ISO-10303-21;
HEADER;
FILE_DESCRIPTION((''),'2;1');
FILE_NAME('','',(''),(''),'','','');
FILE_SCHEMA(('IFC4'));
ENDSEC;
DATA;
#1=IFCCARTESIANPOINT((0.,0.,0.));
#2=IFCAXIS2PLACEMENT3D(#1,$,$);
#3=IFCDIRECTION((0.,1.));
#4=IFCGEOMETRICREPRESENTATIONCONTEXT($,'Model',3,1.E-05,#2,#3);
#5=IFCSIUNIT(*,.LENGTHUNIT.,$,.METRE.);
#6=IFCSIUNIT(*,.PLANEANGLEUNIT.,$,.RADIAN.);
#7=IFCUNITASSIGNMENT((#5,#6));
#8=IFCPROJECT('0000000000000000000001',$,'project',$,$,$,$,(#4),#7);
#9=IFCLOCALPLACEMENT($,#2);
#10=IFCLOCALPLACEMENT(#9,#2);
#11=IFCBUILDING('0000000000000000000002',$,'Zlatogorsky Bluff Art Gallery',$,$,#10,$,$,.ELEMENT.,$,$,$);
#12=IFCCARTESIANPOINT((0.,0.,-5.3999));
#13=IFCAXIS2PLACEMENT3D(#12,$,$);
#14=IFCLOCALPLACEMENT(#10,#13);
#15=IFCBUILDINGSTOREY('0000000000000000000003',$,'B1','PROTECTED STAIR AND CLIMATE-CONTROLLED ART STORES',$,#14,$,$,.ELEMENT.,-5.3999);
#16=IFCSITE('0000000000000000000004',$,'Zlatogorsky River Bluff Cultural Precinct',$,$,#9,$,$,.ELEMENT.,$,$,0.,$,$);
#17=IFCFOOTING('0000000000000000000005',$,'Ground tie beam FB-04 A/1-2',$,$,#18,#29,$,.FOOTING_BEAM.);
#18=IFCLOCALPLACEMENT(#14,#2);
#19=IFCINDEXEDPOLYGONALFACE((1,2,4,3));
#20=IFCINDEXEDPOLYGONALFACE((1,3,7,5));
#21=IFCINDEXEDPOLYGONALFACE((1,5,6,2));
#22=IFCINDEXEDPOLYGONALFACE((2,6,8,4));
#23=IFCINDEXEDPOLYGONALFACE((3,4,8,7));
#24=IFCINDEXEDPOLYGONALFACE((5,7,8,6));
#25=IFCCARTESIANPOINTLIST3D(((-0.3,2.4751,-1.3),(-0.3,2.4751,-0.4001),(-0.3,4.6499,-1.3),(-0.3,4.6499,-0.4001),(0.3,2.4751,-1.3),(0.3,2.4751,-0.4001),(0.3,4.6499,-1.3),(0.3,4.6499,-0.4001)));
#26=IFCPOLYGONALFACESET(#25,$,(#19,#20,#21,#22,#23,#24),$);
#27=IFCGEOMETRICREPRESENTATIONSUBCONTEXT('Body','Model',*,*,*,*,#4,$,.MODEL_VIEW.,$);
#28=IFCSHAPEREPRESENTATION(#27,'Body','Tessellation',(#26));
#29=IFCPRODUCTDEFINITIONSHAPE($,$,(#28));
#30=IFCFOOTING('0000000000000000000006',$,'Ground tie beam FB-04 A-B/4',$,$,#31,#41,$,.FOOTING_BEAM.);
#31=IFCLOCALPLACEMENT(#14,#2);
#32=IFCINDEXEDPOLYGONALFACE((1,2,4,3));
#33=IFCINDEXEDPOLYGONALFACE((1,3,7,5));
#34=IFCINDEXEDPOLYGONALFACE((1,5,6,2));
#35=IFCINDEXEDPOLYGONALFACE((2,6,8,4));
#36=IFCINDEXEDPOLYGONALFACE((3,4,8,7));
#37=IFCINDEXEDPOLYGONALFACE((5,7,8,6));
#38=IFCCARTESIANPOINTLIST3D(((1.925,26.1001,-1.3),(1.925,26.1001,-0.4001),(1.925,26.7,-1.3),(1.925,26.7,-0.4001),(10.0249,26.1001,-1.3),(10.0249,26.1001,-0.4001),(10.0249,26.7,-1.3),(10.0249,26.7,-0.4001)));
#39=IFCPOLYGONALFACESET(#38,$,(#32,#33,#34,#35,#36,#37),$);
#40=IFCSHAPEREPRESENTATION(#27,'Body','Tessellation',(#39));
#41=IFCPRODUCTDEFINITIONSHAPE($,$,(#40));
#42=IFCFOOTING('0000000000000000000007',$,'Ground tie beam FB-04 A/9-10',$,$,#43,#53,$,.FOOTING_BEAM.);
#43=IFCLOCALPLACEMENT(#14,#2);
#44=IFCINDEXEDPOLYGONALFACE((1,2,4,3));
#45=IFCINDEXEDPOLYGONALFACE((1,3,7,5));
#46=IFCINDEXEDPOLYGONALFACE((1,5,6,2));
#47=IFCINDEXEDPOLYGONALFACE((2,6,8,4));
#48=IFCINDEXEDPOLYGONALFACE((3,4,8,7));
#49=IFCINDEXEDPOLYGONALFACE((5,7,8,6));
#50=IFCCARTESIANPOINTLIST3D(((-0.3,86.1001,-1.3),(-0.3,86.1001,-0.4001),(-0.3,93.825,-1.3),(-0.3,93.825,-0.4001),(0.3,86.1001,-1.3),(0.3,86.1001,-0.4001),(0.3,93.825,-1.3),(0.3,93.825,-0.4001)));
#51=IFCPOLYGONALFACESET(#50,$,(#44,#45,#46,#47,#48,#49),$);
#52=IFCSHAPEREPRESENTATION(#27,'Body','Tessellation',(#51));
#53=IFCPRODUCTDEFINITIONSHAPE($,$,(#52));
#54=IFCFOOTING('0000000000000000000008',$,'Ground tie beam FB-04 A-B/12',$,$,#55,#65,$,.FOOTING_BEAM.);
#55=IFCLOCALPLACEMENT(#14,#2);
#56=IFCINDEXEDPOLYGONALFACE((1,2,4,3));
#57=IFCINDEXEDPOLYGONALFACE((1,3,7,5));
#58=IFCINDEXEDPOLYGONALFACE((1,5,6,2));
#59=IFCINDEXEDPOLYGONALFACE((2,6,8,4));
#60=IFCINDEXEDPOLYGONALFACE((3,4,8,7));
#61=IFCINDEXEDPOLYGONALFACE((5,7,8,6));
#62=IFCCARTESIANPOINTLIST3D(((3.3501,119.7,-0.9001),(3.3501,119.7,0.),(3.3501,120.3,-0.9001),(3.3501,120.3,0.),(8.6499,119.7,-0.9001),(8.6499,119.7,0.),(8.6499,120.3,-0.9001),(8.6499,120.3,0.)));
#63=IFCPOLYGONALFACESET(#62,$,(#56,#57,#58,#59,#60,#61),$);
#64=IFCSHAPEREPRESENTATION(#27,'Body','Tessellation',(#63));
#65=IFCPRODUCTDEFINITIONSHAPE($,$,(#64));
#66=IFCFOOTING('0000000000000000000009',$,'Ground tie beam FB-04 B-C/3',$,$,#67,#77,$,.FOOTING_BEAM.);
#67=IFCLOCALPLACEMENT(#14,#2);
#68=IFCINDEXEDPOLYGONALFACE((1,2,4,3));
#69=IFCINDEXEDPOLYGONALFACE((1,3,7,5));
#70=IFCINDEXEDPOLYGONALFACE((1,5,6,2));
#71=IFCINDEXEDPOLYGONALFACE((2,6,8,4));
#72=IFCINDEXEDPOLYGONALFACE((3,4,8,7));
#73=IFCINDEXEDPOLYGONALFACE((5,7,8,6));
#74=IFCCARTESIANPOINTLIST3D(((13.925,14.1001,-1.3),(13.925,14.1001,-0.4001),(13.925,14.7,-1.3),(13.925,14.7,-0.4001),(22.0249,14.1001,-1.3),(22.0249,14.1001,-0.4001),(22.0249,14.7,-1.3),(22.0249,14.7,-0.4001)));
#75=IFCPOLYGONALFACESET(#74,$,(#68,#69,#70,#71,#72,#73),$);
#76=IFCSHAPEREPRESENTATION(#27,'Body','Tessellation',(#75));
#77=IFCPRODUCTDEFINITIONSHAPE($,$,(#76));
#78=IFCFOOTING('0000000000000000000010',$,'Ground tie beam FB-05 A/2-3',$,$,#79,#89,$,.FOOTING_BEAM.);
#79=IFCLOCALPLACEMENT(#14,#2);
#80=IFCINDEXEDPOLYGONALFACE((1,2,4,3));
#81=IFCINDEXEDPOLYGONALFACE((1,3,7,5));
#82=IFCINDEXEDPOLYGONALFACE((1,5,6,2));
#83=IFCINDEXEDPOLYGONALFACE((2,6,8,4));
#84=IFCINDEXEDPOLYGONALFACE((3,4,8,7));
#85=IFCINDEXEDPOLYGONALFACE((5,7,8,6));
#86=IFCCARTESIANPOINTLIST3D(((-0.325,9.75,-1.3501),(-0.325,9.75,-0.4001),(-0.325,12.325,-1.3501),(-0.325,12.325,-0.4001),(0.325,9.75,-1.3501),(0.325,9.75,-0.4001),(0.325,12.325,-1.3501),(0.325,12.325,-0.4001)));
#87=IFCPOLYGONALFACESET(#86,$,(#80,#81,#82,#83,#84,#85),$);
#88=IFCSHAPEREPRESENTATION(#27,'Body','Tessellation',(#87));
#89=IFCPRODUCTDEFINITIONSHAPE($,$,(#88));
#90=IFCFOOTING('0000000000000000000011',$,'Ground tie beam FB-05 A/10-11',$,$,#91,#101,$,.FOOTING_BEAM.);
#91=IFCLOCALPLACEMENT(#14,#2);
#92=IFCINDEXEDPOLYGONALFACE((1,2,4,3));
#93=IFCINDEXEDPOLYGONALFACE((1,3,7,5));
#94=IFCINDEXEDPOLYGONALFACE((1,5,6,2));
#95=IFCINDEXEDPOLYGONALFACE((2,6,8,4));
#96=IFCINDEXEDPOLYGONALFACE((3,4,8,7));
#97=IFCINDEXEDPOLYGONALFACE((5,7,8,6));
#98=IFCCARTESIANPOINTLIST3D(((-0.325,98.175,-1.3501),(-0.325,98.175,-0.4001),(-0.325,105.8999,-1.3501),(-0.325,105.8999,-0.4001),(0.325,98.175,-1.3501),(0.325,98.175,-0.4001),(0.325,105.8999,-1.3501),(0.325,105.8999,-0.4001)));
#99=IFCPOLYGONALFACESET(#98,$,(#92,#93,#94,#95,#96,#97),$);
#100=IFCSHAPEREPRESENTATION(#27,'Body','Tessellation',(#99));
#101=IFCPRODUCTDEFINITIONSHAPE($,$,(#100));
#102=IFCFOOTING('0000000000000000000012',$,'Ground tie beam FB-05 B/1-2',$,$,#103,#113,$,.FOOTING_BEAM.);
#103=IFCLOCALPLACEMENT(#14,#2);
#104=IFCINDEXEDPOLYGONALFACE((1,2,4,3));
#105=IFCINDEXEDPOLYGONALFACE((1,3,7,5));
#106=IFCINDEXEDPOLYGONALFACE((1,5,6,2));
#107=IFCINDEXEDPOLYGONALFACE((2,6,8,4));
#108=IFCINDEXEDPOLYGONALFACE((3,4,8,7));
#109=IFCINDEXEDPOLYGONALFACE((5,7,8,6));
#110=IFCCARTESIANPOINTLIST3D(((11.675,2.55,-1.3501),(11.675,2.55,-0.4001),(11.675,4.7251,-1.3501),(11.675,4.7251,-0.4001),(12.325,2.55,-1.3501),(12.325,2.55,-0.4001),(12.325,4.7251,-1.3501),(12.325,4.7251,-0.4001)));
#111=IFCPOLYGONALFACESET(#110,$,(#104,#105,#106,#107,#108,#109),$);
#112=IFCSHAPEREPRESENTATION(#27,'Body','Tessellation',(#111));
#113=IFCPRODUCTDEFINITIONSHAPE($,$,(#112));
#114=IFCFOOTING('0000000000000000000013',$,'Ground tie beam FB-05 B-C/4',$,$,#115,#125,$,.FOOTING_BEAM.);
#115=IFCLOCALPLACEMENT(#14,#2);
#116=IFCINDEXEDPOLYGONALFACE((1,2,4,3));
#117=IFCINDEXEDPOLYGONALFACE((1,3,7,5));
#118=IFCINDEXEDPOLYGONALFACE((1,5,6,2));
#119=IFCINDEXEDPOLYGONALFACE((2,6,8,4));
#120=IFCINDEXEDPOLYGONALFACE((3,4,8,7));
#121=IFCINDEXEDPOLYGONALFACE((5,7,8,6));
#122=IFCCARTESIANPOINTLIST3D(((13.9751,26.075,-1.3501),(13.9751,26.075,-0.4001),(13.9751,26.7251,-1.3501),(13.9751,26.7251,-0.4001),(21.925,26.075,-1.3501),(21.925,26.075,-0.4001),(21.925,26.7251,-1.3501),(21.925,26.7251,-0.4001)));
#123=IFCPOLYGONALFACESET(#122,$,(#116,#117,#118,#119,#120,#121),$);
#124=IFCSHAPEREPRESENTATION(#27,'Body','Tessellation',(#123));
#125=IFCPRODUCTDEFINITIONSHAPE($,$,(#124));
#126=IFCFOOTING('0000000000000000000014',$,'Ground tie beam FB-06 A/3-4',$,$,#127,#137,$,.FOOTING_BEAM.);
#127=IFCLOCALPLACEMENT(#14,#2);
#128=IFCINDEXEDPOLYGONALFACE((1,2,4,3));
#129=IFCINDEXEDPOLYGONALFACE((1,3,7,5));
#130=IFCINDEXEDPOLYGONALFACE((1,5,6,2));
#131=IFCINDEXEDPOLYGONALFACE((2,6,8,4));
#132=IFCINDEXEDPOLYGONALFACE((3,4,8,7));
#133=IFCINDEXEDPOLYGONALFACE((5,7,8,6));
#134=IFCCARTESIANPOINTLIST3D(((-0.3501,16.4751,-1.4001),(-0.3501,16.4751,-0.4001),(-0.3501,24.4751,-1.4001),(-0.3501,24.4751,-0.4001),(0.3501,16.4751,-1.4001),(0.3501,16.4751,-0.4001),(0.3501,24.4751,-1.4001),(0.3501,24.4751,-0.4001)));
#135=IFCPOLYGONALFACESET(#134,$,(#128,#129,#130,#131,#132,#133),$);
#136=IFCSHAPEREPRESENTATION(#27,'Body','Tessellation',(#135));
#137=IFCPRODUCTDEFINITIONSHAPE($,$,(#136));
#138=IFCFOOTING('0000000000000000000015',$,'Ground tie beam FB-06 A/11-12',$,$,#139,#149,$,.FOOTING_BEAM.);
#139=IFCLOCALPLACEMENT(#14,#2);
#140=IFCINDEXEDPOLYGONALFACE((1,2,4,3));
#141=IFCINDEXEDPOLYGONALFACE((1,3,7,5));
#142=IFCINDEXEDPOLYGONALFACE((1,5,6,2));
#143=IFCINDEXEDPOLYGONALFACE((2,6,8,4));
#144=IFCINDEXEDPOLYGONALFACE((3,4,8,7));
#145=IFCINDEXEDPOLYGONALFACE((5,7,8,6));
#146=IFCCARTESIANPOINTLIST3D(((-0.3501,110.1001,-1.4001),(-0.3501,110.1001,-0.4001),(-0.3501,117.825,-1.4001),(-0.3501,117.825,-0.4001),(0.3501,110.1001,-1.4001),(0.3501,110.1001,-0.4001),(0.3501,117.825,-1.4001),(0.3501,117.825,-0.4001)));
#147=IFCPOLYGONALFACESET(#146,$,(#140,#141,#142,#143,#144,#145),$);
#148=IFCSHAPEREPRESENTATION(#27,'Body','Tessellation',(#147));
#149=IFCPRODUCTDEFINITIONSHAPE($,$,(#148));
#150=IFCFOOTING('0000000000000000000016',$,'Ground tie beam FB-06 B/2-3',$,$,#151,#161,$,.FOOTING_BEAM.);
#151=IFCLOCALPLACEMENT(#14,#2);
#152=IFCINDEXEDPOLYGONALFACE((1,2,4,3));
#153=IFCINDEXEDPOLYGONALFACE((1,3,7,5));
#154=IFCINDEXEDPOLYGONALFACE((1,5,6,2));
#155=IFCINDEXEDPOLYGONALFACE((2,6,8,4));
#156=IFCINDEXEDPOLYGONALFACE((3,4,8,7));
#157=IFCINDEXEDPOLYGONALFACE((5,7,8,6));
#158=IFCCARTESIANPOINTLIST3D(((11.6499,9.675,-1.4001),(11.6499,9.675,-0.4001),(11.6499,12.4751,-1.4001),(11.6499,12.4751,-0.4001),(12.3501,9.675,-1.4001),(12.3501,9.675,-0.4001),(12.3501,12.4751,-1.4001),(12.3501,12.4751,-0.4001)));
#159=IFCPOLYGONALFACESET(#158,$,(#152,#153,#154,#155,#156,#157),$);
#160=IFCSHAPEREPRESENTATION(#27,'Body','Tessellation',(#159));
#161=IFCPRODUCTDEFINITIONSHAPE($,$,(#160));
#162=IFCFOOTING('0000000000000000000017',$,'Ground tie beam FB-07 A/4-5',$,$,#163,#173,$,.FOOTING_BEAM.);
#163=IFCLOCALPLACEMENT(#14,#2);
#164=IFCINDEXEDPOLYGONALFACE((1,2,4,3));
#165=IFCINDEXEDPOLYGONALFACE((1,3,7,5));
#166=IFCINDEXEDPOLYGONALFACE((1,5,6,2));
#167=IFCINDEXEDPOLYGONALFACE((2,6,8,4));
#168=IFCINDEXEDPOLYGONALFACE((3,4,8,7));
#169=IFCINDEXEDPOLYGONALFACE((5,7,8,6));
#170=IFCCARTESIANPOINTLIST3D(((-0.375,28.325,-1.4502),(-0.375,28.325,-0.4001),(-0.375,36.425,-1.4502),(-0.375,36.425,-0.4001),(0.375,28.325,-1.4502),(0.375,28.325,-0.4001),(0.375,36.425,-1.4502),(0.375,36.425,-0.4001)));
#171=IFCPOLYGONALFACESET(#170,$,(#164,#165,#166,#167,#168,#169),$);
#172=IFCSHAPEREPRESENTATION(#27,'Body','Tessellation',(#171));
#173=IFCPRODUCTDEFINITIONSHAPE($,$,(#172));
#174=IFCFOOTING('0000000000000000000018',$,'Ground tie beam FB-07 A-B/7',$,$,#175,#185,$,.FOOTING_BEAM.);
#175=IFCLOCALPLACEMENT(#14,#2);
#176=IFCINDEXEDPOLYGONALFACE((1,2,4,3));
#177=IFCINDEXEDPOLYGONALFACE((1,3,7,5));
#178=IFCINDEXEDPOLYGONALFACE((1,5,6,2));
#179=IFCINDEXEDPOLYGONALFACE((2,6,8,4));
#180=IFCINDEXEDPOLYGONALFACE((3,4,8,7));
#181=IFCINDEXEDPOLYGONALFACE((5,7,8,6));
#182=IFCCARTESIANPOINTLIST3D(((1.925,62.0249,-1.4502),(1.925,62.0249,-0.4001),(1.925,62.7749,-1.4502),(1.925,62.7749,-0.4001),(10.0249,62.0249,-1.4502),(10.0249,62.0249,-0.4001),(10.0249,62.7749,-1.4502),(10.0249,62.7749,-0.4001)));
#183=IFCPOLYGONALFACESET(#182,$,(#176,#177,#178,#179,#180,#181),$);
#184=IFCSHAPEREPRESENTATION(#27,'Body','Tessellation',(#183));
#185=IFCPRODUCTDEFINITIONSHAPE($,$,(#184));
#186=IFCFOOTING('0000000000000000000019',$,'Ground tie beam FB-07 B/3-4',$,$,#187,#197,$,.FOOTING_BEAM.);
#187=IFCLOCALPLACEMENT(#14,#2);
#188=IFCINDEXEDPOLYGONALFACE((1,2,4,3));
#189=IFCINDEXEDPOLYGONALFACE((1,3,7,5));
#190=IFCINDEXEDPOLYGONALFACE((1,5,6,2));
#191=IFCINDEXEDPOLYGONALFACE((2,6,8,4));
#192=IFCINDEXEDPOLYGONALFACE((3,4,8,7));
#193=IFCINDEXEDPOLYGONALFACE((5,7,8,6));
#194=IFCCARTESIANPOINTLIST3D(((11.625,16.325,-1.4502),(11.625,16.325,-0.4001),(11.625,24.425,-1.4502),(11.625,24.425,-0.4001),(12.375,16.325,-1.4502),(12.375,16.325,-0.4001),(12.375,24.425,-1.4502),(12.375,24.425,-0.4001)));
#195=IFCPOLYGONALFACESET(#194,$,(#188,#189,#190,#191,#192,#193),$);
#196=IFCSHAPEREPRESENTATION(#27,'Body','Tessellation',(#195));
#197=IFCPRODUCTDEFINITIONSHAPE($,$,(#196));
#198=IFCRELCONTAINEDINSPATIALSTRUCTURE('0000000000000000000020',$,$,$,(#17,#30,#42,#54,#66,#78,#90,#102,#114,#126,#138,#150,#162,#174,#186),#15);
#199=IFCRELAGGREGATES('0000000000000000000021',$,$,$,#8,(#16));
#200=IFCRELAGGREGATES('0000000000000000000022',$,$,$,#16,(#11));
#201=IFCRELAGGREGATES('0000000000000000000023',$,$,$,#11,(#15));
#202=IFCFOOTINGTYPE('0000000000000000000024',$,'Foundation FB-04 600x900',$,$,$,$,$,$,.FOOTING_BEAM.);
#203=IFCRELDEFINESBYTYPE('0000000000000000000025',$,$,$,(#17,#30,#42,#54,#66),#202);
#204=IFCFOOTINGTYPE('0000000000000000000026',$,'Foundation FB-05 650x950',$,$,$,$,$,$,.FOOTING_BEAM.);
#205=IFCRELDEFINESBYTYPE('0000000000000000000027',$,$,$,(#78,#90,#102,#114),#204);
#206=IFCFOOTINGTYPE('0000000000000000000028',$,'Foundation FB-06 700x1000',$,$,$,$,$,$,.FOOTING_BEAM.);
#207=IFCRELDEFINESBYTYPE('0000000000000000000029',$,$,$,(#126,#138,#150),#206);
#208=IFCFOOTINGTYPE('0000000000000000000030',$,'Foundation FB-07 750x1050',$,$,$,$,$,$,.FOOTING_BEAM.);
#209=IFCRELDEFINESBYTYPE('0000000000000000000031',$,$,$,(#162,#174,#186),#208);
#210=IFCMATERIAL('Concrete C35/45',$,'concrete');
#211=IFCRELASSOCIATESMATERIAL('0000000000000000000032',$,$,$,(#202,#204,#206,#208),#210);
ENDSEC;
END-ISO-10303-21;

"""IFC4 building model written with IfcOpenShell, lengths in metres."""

from ifc_helpers import new_model, si_unit, direction, frame, origin, place, context, subcontext, project, spatial, polyline, outline, extrude, material, type_object, element, save


model = new_model("IFC4")

# Units and contexts
model_context = context("Model", 3, precision=1e-05, world=origin(), true_north=direction((0.0, 1.0)))
body_context = subcontext(model_context, "Body", "Model", "MODEL_VIEW")
ifc_project = project(units=[si_unit("LENGTHUNIT", "METRE"), si_unit("PLANEANGLEUNIT", "RADIAN")], contexts=[model_context])

# Site, building, storey
site_placement = place(None, origin())
site = spatial("IfcSite", under=ifc_project, at=site_placement, Name="Zlatogorsky River Bluff Cultural Precinct", CompositionType="ELEMENT", RefElevation=0.0)
building_placement = place(site_placement, origin())
building = spatial("IfcBuilding", under=site, at=building_placement, Name="Zlatogorsky Bluff Art Gallery", CompositionType="ELEMENT")
storey_placement = place(building_placement, frame((0.0, 0.0, -5.3999)))
storey = spatial("IfcBuildingStorey", under=building, at=storey_placement, Name="B1", Description="PROTECTED STAIR AND CLIMATE-CONTROLLED ART STORES", CompositionType="ELEMENT", Elevation=-5.3999)

# Shared definitions
ifc_material = material(Name="Concrete C35/45", Category="concrete")

# Footings
footing_type_1 = type_object("IfcFootingType", Name="Foundation FB-04 600x900", PredefinedType="FOOTING_BEAM", material=ifc_material)
footing_1_placement = place(storey_placement, frame((0.0, 0.0, -1.3)))
element("IfcFooting", 1, at=footing_1_placement, inside=storey, type_object=footing_type_1, Name="Ground tie beam FB-04 A/1-2", PredefinedType="FOOTING_BEAM", context=body_context, shape_type="SweptSolid", body=[
    extrude(outline(polyline([(-0.3, 2.4751), (0.3, 2.4751), (0.3, 4.6499), (-0.3, 4.6499), (-0.3, 2.4751)])), origin(), (0.0, 0.0, 1.0), 0.8999),
])
footing_2_placement = place(storey_placement, frame((0.0, 0.0, -1.3)))
element("IfcFooting", 2, at=footing_2_placement, inside=storey, type_object=footing_type_1, Name="Ground tie beam FB-04 A-B/4", PredefinedType="FOOTING_BEAM", context=body_context, shape_type="SweptSolid", body=[
    extrude(outline(polyline([(1.925, 26.1001), (10.0249, 26.1001), (10.0249, 26.7), (1.925, 26.7), (1.925, 26.1001)])), origin(), (0.0, 0.0, 1.0), 0.8999),
])
footing_3_placement = place(storey_placement, frame((0.0, 0.0, -1.3)))
element("IfcFooting", 3, at=footing_3_placement, inside=storey, type_object=footing_type_1, Name="Ground tie beam FB-04 A/9-10", PredefinedType="FOOTING_BEAM", context=body_context, shape_type="SweptSolid", body=[
    extrude(outline(polyline([(-0.3, 86.1001), (0.3, 86.1001), (0.3, 93.825), (-0.3, 93.825), (-0.3, 86.1001)])), origin(), (0.0, 0.0, 1.0), 0.8999),
])
footing_4_placement = place(storey_placement, frame((0.0, 0.0, -0.9001)))
element("IfcFooting", 4, at=footing_4_placement, inside=storey, type_object=footing_type_1, Name="Ground tie beam FB-04 A-B/12", PredefinedType="FOOTING_BEAM", context=body_context, shape_type="SweptSolid", body=[
    extrude(outline(polyline([(3.3501, 119.7), (8.6499, 119.7), (8.6499, 120.3), (3.3501, 120.3), (3.3501, 119.7)])), origin(), (0.0, 0.0, 1.0), 0.9001),
])
footing_5_placement = place(storey_placement, frame((0.0, 0.0, -1.3)))
element("IfcFooting", 5, at=footing_5_placement, inside=storey, type_object=footing_type_1, Name="Ground tie beam FB-04 B-C/3", PredefinedType="FOOTING_BEAM", context=body_context, shape_type="SweptSolid", body=[
    extrude(outline(polyline([(13.925, 14.1001), (22.0249, 14.1001), (22.0249, 14.7), (13.925, 14.7), (13.925, 14.1001)])), origin(), (0.0, 0.0, 1.0), 0.8999),
])
footing_type_2 = type_object("IfcFootingType", Name="Foundation FB-05 650x950", PredefinedType="FOOTING_BEAM", material=ifc_material)
footing_6_placement = place(storey_placement, frame((0.0, 0.0, -1.3501)))
element("IfcFooting", 6, at=footing_6_placement, inside=storey, type_object=footing_type_2, Name="Ground tie beam FB-05 A/2-3", PredefinedType="FOOTING_BEAM", context=body_context, shape_type="SweptSolid", body=[
    extrude(outline(polyline([(-0.325, 9.75), (0.325, 9.75), (0.325, 12.325), (-0.325, 12.325), (-0.325, 9.75)])), origin(), (0.0, 0.0, 1.0), 0.95),
])
footing_7_placement = place(storey_placement, frame((0.0, 0.0, -1.3501)))
element("IfcFooting", 7, at=footing_7_placement, inside=storey, type_object=footing_type_2, Name="Ground tie beam FB-05 A/10-11", PredefinedType="FOOTING_BEAM", context=body_context, shape_type="SweptSolid", body=[
    extrude(outline(polyline([(-0.325, 98.175), (0.325, 98.175), (0.325, 105.8999), (-0.325, 105.8999), (-0.325, 98.175)])), origin(), (0.0, 0.0, 1.0), 0.95),
])
footing_8_placement = place(storey_placement, frame((0.0, 0.0, -1.3501)))
element("IfcFooting", 8, at=footing_8_placement, inside=storey, type_object=footing_type_2, Name="Ground tie beam FB-05 B/1-2", PredefinedType="FOOTING_BEAM", context=body_context, shape_type="SweptSolid", body=[
    extrude(outline(polyline([(11.675, 2.55), (12.325, 2.55), (12.325, 4.7251), (11.675, 4.7251), (11.675, 2.55)])), origin(), (0.0, 0.0, 1.0), 0.95),
])
footing_9_placement = place(storey_placement, frame((0.0, 0.0, -1.3501)))
element("IfcFooting", 9, at=footing_9_placement, inside=storey, type_object=footing_type_2, Name="Ground tie beam FB-05 B-C/4", PredefinedType="FOOTING_BEAM", context=body_context, shape_type="SweptSolid", body=[
    extrude(outline(polyline([(13.9751, 26.075), (21.925, 26.075), (21.925, 26.7251), (13.9751, 26.7251), (13.9751, 26.075)])), origin(), (0.0, 0.0, 1.0), 0.95),
])
footing_type_3 = type_object("IfcFootingType", Name="Foundation FB-06 700x1000", PredefinedType="FOOTING_BEAM", material=ifc_material)
footing_10_placement = place(storey_placement, frame((0.0, 0.0, -1.4001)))
element("IfcFooting", 10, at=footing_10_placement, inside=storey, type_object=footing_type_3, Name="Ground tie beam FB-06 A/3-4", PredefinedType="FOOTING_BEAM", context=body_context, shape_type="SweptSolid", body=[
    extrude(outline(polyline([(-0.3501, 16.4751), (0.3501, 16.4751), (0.3501, 24.4751), (-0.3501, 24.4751), (-0.3501, 16.4751)])), origin(), (0.0, 0.0, 1.0), 1.0),
])
footing_11_placement = place(storey_placement, frame((0.0, 0.0, -1.4001)))
element("IfcFooting", 11, at=footing_11_placement, inside=storey, type_object=footing_type_3, Name="Ground tie beam FB-06 A/11-12", PredefinedType="FOOTING_BEAM", context=body_context, shape_type="SweptSolid", body=[
    extrude(outline(polyline([(-0.3501, 110.1001), (0.3501, 110.1001), (0.3501, 117.825), (-0.3501, 117.825), (-0.3501, 110.1001)])), origin(), (0.0, 0.0, 1.0), 1.0),
])
footing_12_placement = place(storey_placement, frame((0.0, 0.0, -1.4001)))
element("IfcFooting", 12, at=footing_12_placement, inside=storey, type_object=footing_type_3, Name="Ground tie beam FB-06 B/2-3", PredefinedType="FOOTING_BEAM", context=body_context, shape_type="SweptSolid", body=[
    extrude(outline(polyline([(11.6499, 9.675), (12.3501, 9.675), (12.3501, 12.4751), (11.6499, 12.4751), (11.6499, 9.675)])), origin(), (0.0, 0.0, 1.0), 1.0),
])
footing_type_4 = type_object("IfcFootingType", Name="Foundation FB-07 750x1050", PredefinedType="FOOTING_BEAM", material=ifc_material)
footing_13_placement = place(storey_placement, frame((0.0, 0.0, -1.4502)))
element("IfcFooting", 13, at=footing_13_placement, inside=storey, type_object=footing_type_4, Name="Ground tie beam FB-07 A/4-5", PredefinedType="FOOTING_BEAM", context=body_context, shape_type="SweptSolid", body=[
    extrude(outline(polyline([(-0.375, 28.325), (0.375, 28.325), (0.375, 36.425), (-0.375, 36.425), (-0.375, 28.325)])), origin(), (0.0, 0.0, 1.0), 1.05),
])
footing_14_placement = place(storey_placement, frame((0.0, 0.0, -1.4502)))
element("IfcFooting", 14, at=footing_14_placement, inside=storey, type_object=footing_type_4, Name="Ground tie beam FB-07 A-B/7", PredefinedType="FOOTING_BEAM", context=body_context, shape_type="SweptSolid", body=[
    extrude(outline(polyline([(1.925, 62.0249), (10.0249, 62.0249), (10.0249, 62.7749), (1.925, 62.7749), (1.925, 62.0249)])), origin(), (0.0, 0.0, 1.0), 1.05),
])
footing_15_placement = place(storey_placement, frame((0.0, 0.0, -1.4502)))
element("IfcFooting", 15, at=footing_15_placement, inside=storey, type_object=footing_type_4, Name="Ground tie beam FB-07 B/3-4", PredefinedType="FOOTING_BEAM", context=body_context, shape_type="SweptSolid", body=[
    extrude(outline(polyline([(11.625, 16.325), (12.375, 16.325), (12.375, 24.425), (11.625, 24.425), (11.625, 16.325)])), origin(), (0.0, 0.0, 1.0), 1.05),
])

save(model, "model.ifc")
